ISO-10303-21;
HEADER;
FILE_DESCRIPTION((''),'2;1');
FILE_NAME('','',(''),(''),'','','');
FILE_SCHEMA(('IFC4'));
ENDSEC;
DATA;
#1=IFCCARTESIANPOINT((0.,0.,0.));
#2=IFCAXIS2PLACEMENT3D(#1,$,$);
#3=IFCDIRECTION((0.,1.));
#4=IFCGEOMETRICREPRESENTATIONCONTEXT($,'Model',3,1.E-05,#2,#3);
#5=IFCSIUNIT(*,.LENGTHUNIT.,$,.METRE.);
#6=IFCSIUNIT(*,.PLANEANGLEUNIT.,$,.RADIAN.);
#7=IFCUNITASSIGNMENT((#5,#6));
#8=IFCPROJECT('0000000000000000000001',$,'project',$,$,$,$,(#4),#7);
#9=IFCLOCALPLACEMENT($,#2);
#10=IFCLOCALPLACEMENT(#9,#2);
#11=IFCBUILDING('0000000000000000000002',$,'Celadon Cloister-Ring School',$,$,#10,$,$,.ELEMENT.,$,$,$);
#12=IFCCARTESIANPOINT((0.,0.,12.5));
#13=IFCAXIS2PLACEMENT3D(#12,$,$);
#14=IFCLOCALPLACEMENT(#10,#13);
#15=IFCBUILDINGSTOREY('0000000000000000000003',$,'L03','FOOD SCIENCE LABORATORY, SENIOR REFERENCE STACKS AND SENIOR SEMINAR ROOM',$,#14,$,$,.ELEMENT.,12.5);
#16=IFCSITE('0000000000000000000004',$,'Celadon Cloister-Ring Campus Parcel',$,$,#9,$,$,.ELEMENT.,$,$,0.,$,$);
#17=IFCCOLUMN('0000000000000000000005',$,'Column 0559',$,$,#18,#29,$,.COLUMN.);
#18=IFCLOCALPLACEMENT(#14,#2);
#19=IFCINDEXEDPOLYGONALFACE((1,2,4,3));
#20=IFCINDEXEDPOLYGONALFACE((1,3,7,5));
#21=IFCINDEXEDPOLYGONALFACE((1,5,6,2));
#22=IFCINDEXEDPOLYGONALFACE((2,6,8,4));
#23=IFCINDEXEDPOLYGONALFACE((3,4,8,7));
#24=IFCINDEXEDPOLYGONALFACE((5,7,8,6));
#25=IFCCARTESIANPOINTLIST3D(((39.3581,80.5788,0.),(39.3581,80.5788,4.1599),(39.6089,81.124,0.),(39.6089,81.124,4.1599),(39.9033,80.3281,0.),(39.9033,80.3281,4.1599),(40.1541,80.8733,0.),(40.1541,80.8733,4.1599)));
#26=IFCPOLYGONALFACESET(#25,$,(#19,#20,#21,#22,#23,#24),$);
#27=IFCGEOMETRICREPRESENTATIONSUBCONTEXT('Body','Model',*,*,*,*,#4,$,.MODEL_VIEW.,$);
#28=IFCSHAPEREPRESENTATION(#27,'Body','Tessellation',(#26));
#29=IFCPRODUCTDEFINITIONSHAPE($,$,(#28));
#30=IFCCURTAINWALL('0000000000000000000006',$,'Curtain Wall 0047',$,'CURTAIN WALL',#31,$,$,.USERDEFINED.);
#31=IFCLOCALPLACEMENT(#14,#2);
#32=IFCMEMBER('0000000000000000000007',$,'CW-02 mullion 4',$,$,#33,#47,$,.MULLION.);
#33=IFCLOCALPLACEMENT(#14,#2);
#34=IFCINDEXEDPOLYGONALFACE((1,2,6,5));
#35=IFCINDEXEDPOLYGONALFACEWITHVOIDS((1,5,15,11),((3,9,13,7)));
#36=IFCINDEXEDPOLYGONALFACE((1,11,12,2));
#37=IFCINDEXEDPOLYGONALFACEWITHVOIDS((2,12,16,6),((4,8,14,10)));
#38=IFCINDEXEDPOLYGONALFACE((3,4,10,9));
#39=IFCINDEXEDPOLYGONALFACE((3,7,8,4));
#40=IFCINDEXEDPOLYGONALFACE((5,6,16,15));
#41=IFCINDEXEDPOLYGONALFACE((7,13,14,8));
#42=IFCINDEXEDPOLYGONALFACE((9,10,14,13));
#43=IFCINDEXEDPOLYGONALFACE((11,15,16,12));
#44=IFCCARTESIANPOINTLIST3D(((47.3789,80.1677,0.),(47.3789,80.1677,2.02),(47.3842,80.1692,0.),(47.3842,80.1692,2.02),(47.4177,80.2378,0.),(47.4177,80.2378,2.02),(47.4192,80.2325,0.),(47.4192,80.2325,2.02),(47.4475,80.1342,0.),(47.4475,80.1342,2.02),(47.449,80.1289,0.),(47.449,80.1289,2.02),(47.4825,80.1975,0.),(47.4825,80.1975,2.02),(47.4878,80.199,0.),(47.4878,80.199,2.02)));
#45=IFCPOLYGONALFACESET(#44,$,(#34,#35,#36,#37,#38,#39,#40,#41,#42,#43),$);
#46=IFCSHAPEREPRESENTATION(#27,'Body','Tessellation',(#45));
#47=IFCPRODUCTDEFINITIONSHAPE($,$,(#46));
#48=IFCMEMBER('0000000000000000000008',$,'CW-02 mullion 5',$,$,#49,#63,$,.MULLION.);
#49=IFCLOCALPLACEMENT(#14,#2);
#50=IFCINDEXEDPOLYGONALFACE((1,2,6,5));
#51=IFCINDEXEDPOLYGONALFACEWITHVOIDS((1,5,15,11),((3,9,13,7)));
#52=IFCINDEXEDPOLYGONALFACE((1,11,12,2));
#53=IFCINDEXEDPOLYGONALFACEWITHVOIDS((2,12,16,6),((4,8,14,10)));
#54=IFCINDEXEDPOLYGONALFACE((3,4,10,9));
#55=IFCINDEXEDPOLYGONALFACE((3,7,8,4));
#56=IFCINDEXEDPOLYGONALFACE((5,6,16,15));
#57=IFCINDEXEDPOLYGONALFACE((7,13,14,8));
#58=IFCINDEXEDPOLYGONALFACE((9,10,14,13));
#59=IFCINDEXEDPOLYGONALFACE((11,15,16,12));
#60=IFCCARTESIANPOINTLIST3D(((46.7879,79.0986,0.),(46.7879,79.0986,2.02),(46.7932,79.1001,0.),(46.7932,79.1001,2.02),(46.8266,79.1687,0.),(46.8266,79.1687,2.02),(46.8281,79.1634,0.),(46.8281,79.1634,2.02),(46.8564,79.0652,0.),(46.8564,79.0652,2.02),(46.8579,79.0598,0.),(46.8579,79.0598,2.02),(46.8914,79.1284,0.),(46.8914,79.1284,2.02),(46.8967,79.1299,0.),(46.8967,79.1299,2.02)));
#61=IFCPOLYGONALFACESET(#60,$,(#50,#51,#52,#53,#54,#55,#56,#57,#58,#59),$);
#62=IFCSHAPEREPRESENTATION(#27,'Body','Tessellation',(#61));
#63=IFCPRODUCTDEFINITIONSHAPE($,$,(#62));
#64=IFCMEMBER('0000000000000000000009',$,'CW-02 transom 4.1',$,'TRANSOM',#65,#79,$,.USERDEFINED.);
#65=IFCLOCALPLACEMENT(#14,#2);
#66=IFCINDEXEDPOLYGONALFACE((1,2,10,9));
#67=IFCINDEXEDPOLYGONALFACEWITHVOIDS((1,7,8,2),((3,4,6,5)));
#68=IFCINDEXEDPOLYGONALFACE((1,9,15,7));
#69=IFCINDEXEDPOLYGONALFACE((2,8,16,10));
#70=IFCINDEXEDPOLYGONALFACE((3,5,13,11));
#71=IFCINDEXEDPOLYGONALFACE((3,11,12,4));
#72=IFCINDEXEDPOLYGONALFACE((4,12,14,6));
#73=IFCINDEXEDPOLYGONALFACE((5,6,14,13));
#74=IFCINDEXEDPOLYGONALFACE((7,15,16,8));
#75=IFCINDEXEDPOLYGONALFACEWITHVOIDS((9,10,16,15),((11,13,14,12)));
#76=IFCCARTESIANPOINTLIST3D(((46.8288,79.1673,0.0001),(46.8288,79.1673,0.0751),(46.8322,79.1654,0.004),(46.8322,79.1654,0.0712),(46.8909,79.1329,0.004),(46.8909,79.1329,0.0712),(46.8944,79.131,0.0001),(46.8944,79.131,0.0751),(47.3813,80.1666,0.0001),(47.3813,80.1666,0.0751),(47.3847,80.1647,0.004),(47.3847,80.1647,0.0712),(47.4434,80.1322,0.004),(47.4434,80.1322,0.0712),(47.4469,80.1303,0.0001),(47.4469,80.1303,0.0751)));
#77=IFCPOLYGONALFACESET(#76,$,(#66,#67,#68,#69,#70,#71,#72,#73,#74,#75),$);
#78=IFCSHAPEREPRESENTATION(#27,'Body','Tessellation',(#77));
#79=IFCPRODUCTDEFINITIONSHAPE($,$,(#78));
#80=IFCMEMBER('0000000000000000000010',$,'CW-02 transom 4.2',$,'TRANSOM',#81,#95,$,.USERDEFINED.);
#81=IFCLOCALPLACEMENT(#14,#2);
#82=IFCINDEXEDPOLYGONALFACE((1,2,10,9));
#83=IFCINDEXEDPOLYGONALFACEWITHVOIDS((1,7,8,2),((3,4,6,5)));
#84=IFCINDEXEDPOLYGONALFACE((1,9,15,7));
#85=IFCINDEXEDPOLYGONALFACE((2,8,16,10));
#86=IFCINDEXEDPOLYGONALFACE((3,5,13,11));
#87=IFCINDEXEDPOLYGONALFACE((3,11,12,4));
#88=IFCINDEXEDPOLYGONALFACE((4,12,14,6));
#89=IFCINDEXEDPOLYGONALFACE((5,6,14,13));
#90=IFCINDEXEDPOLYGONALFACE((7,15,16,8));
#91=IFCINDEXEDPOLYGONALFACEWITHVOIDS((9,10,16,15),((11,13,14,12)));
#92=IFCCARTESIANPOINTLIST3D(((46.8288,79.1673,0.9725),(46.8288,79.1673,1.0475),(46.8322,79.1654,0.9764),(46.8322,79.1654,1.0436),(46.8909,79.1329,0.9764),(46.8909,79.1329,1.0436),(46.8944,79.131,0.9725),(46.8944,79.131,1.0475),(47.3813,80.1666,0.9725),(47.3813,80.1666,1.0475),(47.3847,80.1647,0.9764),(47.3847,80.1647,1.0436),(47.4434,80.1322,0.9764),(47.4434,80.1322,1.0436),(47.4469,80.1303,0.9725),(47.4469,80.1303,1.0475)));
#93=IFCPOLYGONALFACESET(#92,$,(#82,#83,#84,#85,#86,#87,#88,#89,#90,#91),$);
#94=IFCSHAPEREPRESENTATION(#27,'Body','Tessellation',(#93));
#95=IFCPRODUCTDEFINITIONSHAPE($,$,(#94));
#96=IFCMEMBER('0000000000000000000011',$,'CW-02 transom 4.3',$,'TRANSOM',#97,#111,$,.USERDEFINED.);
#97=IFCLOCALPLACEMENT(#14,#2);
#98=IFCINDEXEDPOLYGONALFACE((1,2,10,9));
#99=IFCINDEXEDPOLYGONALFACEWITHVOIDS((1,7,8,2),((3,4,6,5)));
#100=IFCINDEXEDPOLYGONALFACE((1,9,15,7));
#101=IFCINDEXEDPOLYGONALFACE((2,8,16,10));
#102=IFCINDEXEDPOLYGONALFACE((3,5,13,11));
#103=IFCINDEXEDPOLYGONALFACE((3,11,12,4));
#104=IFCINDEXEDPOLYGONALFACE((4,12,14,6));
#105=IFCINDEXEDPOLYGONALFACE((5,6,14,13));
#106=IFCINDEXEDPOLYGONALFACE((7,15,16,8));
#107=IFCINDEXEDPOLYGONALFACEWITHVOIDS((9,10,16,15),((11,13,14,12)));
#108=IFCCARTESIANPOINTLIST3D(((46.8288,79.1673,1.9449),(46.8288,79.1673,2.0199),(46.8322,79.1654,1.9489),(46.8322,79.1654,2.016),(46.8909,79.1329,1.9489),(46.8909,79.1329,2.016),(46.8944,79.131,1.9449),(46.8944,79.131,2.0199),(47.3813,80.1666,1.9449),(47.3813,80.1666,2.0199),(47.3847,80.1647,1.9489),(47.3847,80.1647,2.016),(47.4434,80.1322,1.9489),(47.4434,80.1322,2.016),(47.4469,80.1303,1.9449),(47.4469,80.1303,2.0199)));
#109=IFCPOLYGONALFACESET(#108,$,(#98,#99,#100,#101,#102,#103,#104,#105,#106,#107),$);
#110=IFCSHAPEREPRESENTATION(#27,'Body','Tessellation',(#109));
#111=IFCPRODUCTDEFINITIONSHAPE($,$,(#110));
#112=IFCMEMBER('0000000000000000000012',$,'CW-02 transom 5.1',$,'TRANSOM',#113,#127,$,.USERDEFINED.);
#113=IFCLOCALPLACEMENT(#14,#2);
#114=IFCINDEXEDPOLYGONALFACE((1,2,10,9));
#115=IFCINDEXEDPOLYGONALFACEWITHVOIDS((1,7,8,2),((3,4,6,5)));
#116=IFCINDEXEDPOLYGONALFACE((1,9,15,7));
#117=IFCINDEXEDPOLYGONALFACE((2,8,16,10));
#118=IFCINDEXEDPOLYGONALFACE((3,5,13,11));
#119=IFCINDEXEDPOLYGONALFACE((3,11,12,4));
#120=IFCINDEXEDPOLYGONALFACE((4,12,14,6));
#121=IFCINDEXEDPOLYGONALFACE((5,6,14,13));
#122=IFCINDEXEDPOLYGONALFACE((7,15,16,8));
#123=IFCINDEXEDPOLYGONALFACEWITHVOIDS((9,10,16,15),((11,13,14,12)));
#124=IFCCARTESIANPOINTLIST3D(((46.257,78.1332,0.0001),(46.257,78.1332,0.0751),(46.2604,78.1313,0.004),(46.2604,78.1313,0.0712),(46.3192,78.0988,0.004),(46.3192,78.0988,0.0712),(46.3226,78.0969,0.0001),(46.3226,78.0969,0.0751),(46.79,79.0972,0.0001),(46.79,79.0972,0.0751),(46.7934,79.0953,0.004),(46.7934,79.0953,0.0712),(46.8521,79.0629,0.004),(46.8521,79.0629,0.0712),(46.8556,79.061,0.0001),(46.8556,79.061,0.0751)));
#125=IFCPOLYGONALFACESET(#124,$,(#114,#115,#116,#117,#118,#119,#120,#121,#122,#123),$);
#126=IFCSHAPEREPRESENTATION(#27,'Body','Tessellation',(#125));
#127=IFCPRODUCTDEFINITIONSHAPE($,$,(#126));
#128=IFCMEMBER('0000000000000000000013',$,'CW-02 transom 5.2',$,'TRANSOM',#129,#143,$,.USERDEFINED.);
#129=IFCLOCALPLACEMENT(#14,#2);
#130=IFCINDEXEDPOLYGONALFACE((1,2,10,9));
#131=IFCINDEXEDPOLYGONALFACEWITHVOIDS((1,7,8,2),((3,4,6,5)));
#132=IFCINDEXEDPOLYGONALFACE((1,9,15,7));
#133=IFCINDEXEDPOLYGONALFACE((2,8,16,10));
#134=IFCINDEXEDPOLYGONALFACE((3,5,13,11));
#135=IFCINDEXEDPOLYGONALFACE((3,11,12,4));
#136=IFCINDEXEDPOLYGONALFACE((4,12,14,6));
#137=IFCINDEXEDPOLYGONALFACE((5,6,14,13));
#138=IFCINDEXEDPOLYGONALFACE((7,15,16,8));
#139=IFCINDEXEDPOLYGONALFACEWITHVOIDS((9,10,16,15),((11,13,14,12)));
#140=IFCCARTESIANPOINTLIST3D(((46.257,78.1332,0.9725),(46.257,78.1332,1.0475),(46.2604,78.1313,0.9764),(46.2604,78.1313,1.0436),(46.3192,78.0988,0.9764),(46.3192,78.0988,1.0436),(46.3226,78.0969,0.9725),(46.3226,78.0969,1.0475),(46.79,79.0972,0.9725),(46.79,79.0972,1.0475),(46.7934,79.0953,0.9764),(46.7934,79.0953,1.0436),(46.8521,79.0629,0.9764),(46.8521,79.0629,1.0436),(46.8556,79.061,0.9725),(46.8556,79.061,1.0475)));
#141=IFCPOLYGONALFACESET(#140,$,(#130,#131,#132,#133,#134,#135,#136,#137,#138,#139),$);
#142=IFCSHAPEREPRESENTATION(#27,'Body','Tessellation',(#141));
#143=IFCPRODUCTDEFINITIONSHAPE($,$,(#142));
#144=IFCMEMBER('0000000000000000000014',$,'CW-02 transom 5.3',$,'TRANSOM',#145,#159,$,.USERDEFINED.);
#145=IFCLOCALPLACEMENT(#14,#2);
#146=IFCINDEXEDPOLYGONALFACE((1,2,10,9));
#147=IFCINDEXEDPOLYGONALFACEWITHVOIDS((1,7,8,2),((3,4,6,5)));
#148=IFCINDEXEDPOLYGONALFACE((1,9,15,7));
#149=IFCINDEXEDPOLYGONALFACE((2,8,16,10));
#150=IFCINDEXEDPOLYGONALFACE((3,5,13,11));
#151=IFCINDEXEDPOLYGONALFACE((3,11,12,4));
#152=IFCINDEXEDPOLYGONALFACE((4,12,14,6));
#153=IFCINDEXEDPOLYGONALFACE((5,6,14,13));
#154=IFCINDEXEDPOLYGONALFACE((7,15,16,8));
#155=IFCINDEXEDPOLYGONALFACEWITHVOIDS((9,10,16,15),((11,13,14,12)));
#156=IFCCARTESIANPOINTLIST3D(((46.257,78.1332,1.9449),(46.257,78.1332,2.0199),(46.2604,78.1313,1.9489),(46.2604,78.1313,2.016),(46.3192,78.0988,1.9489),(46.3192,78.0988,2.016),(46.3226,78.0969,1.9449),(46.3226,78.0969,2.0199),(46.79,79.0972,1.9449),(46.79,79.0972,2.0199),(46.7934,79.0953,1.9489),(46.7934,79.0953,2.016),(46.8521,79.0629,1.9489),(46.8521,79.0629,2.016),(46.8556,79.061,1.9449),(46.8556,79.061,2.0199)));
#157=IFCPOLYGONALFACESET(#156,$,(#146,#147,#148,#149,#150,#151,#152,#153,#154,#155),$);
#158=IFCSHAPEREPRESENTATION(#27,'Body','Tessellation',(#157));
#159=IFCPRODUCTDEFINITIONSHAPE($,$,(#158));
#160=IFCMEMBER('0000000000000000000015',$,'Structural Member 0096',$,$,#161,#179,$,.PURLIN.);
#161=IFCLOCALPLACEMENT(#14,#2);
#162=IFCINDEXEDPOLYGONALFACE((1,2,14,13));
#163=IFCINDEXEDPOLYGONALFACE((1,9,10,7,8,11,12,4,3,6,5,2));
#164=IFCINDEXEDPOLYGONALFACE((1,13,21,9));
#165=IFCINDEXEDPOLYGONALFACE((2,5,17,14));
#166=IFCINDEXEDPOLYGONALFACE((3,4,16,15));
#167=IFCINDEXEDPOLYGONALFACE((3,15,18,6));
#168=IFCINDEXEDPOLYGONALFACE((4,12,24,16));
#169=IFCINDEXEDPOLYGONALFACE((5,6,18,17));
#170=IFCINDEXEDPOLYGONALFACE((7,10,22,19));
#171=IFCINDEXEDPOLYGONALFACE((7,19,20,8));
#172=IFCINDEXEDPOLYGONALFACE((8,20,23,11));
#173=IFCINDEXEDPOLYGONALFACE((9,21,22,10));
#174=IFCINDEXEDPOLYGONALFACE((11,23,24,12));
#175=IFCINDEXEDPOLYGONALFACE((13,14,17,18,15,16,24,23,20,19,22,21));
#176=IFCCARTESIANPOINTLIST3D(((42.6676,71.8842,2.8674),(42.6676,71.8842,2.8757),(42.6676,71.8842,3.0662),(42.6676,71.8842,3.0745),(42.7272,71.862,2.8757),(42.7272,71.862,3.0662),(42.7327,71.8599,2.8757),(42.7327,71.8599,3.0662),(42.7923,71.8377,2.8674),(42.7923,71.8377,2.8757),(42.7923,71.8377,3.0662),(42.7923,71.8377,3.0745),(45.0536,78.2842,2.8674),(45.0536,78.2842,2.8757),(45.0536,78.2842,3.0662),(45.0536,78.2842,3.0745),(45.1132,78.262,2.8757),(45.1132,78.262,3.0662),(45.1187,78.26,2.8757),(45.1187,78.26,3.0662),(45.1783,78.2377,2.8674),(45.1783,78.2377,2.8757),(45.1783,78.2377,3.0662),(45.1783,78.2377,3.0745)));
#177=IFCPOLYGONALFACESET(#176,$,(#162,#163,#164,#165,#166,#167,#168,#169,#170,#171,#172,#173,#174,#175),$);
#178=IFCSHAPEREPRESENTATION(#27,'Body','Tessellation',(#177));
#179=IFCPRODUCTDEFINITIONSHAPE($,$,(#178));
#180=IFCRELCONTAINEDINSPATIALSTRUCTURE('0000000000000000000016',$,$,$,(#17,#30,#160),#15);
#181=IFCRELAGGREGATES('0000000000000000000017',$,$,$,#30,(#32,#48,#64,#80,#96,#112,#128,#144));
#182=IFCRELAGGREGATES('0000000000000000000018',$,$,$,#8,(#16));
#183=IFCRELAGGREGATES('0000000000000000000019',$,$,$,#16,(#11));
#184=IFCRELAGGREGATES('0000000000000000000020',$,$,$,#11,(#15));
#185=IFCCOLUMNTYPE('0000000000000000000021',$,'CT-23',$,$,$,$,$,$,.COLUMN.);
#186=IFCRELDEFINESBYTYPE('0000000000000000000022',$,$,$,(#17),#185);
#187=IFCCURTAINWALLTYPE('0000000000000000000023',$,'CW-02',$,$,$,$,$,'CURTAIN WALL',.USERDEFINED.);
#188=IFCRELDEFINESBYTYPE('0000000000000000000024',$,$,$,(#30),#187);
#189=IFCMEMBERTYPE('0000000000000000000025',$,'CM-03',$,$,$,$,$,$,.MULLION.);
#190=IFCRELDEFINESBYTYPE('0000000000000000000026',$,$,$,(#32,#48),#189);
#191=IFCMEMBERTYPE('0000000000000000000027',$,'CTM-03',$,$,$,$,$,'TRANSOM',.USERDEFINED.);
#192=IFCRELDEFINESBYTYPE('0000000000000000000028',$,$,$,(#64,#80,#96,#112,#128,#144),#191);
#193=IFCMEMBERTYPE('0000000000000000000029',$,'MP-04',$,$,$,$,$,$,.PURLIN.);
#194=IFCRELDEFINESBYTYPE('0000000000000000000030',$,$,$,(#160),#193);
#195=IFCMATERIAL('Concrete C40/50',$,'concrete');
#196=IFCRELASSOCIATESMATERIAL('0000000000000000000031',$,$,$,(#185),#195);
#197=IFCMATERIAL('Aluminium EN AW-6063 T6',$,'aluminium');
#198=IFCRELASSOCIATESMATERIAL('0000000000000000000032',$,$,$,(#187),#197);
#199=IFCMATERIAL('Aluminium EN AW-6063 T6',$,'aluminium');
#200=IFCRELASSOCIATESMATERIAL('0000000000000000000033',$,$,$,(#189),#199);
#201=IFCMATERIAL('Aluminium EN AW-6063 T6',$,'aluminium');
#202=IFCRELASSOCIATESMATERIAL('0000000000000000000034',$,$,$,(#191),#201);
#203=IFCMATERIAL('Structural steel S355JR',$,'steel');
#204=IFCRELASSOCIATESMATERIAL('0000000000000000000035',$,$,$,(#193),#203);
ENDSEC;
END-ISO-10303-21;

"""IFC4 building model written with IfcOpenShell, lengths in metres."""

from ifc_helpers import new_model, si_unit, direction, frame, origin, origin_2d, place, context, subcontext, project, spatial, rectangle, hollow_rectangle, i_section, extrude, material, material_profile, profile_set, type_object, element, aggregate, save


model = new_model("IFC4")

# Units and contexts
model_context = context("Model", 3, precision=1e-05, world=origin(), true_north=direction((0.0, 1.0)))
body_context = subcontext(model_context, "Body", "Model", "MODEL_VIEW")
ifc_project = project(units=[si_unit("LENGTHUNIT", "METRE"), si_unit("PLANEANGLEUNIT", "RADIAN")], contexts=[model_context])

# Site, building, storey
site_placement = place(None, origin())
site = spatial("IfcSite", under=ifc_project, at=site_placement, Name="Celadon Cloister-Ring Campus Parcel", CompositionType="ELEMENT", RefElevation=0.0)
building_placement = place(site_placement, origin())
building = spatial("IfcBuilding", under=site, at=building_placement, Name="Celadon Cloister-Ring School", CompositionType="ELEMENT")
storey_placement = place(building_placement, frame((0.0, 0.0, 12.5)))
storey = spatial("IfcBuildingStorey", under=building, at=storey_placement, Name="L03", Description="FOOD SCIENCE LABORATORY, SENIOR REFERENCE STACKS AND SENIOR SEMINAR ROOM", CompositionType="ELEMENT", Elevation=12.5)

# Column
ifc_material_1 = material(Name="Concrete C40/50", Category="concrete")
ifc_material_profile_1 = material_profile(ifc_material_1, rectangle(XDim=0.6001, YDim=0.6001, at=origin_2d()), Name="RC600X600")
ifc_profile_set_1 = profile_set([ifc_material_profile_1], Name="Concrete C40/50")
column_type = type_object("IfcColumnType", Name="CT-23", PredefinedType="COLUMN", material=ifc_profile_set_1)
column_placement = place(storey_placement, frame((39.7561, 80.7261, 0.0), z_axis=(0.0, 0.0, 1.0), x_axis=(-0.908537, 0.417804, 0.0)))
element("IfcColumn", 1, at=column_placement, inside=storey, type_object=column_type, Name="Column 0559", PredefinedType="COLUMN", context=body_context, shape_type="SweptSolid", body=[
    extrude(rectangle(XDim=0.6001, YDim=0.6001, at=origin_2d()), origin(), (0.0, 0.0, 1.0), 4.1599),
])

# Curtain wall, members
ifc_material_2 = material(Name="Aluminium EN AW-6063 T6", Category="aluminium")
curtain_wall_type = type_object("IfcCurtainWallType", Name="CW-02", ElementType="CURTAIN WALL", PredefinedType="USERDEFINED", material=ifc_material_2)
curtain_wall_placement = place(storey_placement, origin())
curtain_wall = element("IfcCurtainWall", 2, at=curtain_wall_placement, inside=storey, type_object=curtain_wall_type, Name="Curtain Wall 0047", ObjectType="CURTAIN WALL", PredefinedType="USERDEFINED")
ifc_material_3 = material(Name="Aluminium EN AW-6063 T6", Category="aluminium")
ifc_material_profile_2 = material_profile(ifc_material_3, hollow_rectangle(XDim=0.0801, YDim=0.0801, WallThickness=0.0039, at=origin_2d()), Name="RHS80X80X4")
ifc_profile_set_2 = profile_set([ifc_material_profile_2], Name="Aluminium EN AW-6063 T6")
member_type_1 = type_object("IfcMemberType", Name="CM-03", PredefinedType="MULLION", material=ifc_profile_set_2)
member_1_placement = place(storey_placement, frame((47.4333, 80.1833, 0.0), z_axis=(0.0, 0.0, 1.0), x_axis=(0.875128, -0.483891, 0.0)))
member_1 = element("IfcMember", 3, at=member_1_placement, type_object=member_type_1, Name="CW-02 mullion 4", PredefinedType="MULLION", context=body_context, shape_type="SweptSolid", body=[
    extrude(hollow_rectangle(XDim=0.0801, YDim=0.0801, WallThickness=0.0039, at=origin_2d()), origin(), (0.0, 0.0, 1.0), 2.02),
])
member_2_placement = place(storey_placement, frame((46.8423, 79.1143, 0.0), z_axis=(0.0, 0.0, 1.0), x_axis=(0.875128, -0.483891, 0.0)))
member_2 = element("IfcMember", 4, at=member_2_placement, type_object=member_type_1, Name="CW-02 mullion 5", PredefinedType="MULLION", context=body_context, shape_type="SweptSolid", body=[
    extrude(hollow_rectangle(XDim=0.0801, YDim=0.0801, WallThickness=0.0039, at=origin_2d()), origin(), (0.0, 0.0, 1.0), 2.02),
])
ifc_material_4 = material(Name="Aluminium EN AW-6063 T6", Category="aluminium")
ifc_material_profile_3 = material_profile(ifc_material_4, hollow_rectangle(XDim=0.075, YDim=0.075, WallThickness=0.0039, at=origin_2d()), Name="RHS75X75X4")
ifc_profile_set_3 = profile_set([ifc_material_profile_3], Name="Aluminium EN AW-6063 T6")
member_type_2 = type_object("IfcMemberType", Name="CTM-03", ElementType="TRANSOM", PredefinedType="USERDEFINED", material=ifc_profile_set_3)
member_3_placement = place(storey_placement, frame((47.4141, 80.1484, 0.0376), z_axis=(-0.483863, -0.875144, 0.0), x_axis=(0.875144, -0.483863, 0.0)))
member_3 = element("IfcMember", 5, at=member_3_placement, type_object=member_type_2, Name="CW-02 transom 4.1", ObjectType="TRANSOM", PredefinedType="USERDEFINED", context=body_context, shape_type="SweptSolid", body=[
    extrude(hollow_rectangle(XDim=0.075, YDim=0.075, WallThickness=0.0039, at=origin_2d()), origin(), (0.0, 0.0, 1.0), 1.1418),
])
member_4_placement = place(storey_placement, frame((47.4141, 80.1484, 1.01), z_axis=(-0.483863, -0.875144, 0.0), x_axis=(0.875144, -0.483863, 0.0)))
member_4 = element("IfcMember", 6, at=member_4_placement, type_object=member_type_2, Name="CW-02 transom 4.2", ObjectType="TRANSOM", PredefinedType="USERDEFINED", context=body_context, shape_type="SweptSolid", body=[
    extrude(hollow_rectangle(XDim=0.075, YDim=0.075, WallThickness=0.0039, at=origin_2d()), origin(), (0.0, 0.0, 1.0), 1.1418),
])
member_5_placement = place(storey_placement, frame((47.4141, 80.1484, 1.9824), z_axis=(-0.483863, -0.875144, 0.0), x_axis=(0.875144, -0.483863, 0.0)))
member_5 = element("IfcMember", 7, at=member_5_placement, type_object=member_type_2, Name="CW-02 transom 4.3", ObjectType="TRANSOM", PredefinedType="USERDEFINED", context=body_context, shape_type="SweptSolid", body=[
    extrude(hollow_rectangle(XDim=0.075, YDim=0.075, WallThickness=0.0039, at=origin_2d()), origin(), (0.0, 0.0, 1.0), 1.1418),
])
member_6_placement = place(storey_placement, frame((46.8228, 79.0791, 0.0376), z_axis=(-0.483798, -0.87518, 0.0), x_axis=(0.87518, -0.483798, 0.0)))
member_6 = element("IfcMember", 8, at=member_6_placement, type_object=member_type_2, Name="CW-02 transom 5.1", ObjectType="TRANSOM", PredefinedType="USERDEFINED", context=body_context, shape_type="SweptSolid", body=[
    extrude(hollow_rectangle(XDim=0.075, YDim=0.075, WallThickness=0.0039, at=origin_2d()), origin(), (0.0, 0.0, 1.0), 1.1016),
])
member_7_placement = place(storey_placement, frame((46.8228, 79.0791, 1.01), z_axis=(-0.483798, -0.87518, 0.0), x_axis=(0.87518, -0.483798, 0.0)))
member_7 = element("IfcMember", 9, at=member_7_placement, type_object=member_type_2, Name="CW-02 transom 5.2", ObjectType="TRANSOM", PredefinedType="USERDEFINED", context=body_context, shape_type="SweptSolid", body=[
    extrude(hollow_rectangle(XDim=0.075, YDim=0.075, WallThickness=0.0039, at=origin_2d()), origin(), (0.0, 0.0, 1.0), 1.1016),
])
member_8_placement = place(storey_placement, frame((46.8228, 79.0791, 1.9824), z_axis=(-0.483798, -0.87518, 0.0), x_axis=(0.87518, -0.483798, 0.0)))
member_8 = element("IfcMember", 10, at=member_8_placement, type_object=member_type_2, Name="CW-02 transom 5.3", ObjectType="TRANSOM", PredefinedType="USERDEFINED", context=body_context, shape_type="SweptSolid", body=[
    extrude(hollow_rectangle(XDim=0.075, YDim=0.075, WallThickness=0.0039, at=origin_2d()), origin(), (0.0, 0.0, 1.0), 1.1016),
])

# Member
ifc_material_5 = material(Name="Structural steel S355JR", Category="steel")
ifc_material_profile_4 = material_profile(ifc_material_5, i_section(OverallWidth=0.1331, OverallDepth=0.207, WebThickness=0.0059, FlangeThickness=0.0083, at=origin_2d()), Name="W200X27")
ifc_profile_set_4 = profile_set([ifc_material_profile_4], Name="Structural steel S355JR")
member_type_3 = type_object("IfcMemberType", Name="MP-04", PredefinedType="PURLIN", material=ifc_profile_set_4)
member_9_placement = place(storey_placement, frame((45.116, 78.261, 2.9709), z_axis=(-0.349329, -0.937, 0.0), x_axis=(0.937, -0.349329, 0.0)))
element("IfcMember", 11, at=member_9_placement, inside=storey, type_object=member_type_3, Name="Structural Member 0096", PredefinedType="PURLIN", context=body_context, shape_type="SweptSolid", body=[
    extrude(i_section(OverallWidth=0.1331, OverallDepth=0.207, WebThickness=0.0059, FlangeThickness=0.0083, at=origin_2d()), origin(), (0.0, 0.0, 1.0), 6.8303),
])

aggregate(curtain_wall, [member_1, member_2, member_3, member_4, member_5, member_6, member_7, member_8])

save(model, "model.ifc")
